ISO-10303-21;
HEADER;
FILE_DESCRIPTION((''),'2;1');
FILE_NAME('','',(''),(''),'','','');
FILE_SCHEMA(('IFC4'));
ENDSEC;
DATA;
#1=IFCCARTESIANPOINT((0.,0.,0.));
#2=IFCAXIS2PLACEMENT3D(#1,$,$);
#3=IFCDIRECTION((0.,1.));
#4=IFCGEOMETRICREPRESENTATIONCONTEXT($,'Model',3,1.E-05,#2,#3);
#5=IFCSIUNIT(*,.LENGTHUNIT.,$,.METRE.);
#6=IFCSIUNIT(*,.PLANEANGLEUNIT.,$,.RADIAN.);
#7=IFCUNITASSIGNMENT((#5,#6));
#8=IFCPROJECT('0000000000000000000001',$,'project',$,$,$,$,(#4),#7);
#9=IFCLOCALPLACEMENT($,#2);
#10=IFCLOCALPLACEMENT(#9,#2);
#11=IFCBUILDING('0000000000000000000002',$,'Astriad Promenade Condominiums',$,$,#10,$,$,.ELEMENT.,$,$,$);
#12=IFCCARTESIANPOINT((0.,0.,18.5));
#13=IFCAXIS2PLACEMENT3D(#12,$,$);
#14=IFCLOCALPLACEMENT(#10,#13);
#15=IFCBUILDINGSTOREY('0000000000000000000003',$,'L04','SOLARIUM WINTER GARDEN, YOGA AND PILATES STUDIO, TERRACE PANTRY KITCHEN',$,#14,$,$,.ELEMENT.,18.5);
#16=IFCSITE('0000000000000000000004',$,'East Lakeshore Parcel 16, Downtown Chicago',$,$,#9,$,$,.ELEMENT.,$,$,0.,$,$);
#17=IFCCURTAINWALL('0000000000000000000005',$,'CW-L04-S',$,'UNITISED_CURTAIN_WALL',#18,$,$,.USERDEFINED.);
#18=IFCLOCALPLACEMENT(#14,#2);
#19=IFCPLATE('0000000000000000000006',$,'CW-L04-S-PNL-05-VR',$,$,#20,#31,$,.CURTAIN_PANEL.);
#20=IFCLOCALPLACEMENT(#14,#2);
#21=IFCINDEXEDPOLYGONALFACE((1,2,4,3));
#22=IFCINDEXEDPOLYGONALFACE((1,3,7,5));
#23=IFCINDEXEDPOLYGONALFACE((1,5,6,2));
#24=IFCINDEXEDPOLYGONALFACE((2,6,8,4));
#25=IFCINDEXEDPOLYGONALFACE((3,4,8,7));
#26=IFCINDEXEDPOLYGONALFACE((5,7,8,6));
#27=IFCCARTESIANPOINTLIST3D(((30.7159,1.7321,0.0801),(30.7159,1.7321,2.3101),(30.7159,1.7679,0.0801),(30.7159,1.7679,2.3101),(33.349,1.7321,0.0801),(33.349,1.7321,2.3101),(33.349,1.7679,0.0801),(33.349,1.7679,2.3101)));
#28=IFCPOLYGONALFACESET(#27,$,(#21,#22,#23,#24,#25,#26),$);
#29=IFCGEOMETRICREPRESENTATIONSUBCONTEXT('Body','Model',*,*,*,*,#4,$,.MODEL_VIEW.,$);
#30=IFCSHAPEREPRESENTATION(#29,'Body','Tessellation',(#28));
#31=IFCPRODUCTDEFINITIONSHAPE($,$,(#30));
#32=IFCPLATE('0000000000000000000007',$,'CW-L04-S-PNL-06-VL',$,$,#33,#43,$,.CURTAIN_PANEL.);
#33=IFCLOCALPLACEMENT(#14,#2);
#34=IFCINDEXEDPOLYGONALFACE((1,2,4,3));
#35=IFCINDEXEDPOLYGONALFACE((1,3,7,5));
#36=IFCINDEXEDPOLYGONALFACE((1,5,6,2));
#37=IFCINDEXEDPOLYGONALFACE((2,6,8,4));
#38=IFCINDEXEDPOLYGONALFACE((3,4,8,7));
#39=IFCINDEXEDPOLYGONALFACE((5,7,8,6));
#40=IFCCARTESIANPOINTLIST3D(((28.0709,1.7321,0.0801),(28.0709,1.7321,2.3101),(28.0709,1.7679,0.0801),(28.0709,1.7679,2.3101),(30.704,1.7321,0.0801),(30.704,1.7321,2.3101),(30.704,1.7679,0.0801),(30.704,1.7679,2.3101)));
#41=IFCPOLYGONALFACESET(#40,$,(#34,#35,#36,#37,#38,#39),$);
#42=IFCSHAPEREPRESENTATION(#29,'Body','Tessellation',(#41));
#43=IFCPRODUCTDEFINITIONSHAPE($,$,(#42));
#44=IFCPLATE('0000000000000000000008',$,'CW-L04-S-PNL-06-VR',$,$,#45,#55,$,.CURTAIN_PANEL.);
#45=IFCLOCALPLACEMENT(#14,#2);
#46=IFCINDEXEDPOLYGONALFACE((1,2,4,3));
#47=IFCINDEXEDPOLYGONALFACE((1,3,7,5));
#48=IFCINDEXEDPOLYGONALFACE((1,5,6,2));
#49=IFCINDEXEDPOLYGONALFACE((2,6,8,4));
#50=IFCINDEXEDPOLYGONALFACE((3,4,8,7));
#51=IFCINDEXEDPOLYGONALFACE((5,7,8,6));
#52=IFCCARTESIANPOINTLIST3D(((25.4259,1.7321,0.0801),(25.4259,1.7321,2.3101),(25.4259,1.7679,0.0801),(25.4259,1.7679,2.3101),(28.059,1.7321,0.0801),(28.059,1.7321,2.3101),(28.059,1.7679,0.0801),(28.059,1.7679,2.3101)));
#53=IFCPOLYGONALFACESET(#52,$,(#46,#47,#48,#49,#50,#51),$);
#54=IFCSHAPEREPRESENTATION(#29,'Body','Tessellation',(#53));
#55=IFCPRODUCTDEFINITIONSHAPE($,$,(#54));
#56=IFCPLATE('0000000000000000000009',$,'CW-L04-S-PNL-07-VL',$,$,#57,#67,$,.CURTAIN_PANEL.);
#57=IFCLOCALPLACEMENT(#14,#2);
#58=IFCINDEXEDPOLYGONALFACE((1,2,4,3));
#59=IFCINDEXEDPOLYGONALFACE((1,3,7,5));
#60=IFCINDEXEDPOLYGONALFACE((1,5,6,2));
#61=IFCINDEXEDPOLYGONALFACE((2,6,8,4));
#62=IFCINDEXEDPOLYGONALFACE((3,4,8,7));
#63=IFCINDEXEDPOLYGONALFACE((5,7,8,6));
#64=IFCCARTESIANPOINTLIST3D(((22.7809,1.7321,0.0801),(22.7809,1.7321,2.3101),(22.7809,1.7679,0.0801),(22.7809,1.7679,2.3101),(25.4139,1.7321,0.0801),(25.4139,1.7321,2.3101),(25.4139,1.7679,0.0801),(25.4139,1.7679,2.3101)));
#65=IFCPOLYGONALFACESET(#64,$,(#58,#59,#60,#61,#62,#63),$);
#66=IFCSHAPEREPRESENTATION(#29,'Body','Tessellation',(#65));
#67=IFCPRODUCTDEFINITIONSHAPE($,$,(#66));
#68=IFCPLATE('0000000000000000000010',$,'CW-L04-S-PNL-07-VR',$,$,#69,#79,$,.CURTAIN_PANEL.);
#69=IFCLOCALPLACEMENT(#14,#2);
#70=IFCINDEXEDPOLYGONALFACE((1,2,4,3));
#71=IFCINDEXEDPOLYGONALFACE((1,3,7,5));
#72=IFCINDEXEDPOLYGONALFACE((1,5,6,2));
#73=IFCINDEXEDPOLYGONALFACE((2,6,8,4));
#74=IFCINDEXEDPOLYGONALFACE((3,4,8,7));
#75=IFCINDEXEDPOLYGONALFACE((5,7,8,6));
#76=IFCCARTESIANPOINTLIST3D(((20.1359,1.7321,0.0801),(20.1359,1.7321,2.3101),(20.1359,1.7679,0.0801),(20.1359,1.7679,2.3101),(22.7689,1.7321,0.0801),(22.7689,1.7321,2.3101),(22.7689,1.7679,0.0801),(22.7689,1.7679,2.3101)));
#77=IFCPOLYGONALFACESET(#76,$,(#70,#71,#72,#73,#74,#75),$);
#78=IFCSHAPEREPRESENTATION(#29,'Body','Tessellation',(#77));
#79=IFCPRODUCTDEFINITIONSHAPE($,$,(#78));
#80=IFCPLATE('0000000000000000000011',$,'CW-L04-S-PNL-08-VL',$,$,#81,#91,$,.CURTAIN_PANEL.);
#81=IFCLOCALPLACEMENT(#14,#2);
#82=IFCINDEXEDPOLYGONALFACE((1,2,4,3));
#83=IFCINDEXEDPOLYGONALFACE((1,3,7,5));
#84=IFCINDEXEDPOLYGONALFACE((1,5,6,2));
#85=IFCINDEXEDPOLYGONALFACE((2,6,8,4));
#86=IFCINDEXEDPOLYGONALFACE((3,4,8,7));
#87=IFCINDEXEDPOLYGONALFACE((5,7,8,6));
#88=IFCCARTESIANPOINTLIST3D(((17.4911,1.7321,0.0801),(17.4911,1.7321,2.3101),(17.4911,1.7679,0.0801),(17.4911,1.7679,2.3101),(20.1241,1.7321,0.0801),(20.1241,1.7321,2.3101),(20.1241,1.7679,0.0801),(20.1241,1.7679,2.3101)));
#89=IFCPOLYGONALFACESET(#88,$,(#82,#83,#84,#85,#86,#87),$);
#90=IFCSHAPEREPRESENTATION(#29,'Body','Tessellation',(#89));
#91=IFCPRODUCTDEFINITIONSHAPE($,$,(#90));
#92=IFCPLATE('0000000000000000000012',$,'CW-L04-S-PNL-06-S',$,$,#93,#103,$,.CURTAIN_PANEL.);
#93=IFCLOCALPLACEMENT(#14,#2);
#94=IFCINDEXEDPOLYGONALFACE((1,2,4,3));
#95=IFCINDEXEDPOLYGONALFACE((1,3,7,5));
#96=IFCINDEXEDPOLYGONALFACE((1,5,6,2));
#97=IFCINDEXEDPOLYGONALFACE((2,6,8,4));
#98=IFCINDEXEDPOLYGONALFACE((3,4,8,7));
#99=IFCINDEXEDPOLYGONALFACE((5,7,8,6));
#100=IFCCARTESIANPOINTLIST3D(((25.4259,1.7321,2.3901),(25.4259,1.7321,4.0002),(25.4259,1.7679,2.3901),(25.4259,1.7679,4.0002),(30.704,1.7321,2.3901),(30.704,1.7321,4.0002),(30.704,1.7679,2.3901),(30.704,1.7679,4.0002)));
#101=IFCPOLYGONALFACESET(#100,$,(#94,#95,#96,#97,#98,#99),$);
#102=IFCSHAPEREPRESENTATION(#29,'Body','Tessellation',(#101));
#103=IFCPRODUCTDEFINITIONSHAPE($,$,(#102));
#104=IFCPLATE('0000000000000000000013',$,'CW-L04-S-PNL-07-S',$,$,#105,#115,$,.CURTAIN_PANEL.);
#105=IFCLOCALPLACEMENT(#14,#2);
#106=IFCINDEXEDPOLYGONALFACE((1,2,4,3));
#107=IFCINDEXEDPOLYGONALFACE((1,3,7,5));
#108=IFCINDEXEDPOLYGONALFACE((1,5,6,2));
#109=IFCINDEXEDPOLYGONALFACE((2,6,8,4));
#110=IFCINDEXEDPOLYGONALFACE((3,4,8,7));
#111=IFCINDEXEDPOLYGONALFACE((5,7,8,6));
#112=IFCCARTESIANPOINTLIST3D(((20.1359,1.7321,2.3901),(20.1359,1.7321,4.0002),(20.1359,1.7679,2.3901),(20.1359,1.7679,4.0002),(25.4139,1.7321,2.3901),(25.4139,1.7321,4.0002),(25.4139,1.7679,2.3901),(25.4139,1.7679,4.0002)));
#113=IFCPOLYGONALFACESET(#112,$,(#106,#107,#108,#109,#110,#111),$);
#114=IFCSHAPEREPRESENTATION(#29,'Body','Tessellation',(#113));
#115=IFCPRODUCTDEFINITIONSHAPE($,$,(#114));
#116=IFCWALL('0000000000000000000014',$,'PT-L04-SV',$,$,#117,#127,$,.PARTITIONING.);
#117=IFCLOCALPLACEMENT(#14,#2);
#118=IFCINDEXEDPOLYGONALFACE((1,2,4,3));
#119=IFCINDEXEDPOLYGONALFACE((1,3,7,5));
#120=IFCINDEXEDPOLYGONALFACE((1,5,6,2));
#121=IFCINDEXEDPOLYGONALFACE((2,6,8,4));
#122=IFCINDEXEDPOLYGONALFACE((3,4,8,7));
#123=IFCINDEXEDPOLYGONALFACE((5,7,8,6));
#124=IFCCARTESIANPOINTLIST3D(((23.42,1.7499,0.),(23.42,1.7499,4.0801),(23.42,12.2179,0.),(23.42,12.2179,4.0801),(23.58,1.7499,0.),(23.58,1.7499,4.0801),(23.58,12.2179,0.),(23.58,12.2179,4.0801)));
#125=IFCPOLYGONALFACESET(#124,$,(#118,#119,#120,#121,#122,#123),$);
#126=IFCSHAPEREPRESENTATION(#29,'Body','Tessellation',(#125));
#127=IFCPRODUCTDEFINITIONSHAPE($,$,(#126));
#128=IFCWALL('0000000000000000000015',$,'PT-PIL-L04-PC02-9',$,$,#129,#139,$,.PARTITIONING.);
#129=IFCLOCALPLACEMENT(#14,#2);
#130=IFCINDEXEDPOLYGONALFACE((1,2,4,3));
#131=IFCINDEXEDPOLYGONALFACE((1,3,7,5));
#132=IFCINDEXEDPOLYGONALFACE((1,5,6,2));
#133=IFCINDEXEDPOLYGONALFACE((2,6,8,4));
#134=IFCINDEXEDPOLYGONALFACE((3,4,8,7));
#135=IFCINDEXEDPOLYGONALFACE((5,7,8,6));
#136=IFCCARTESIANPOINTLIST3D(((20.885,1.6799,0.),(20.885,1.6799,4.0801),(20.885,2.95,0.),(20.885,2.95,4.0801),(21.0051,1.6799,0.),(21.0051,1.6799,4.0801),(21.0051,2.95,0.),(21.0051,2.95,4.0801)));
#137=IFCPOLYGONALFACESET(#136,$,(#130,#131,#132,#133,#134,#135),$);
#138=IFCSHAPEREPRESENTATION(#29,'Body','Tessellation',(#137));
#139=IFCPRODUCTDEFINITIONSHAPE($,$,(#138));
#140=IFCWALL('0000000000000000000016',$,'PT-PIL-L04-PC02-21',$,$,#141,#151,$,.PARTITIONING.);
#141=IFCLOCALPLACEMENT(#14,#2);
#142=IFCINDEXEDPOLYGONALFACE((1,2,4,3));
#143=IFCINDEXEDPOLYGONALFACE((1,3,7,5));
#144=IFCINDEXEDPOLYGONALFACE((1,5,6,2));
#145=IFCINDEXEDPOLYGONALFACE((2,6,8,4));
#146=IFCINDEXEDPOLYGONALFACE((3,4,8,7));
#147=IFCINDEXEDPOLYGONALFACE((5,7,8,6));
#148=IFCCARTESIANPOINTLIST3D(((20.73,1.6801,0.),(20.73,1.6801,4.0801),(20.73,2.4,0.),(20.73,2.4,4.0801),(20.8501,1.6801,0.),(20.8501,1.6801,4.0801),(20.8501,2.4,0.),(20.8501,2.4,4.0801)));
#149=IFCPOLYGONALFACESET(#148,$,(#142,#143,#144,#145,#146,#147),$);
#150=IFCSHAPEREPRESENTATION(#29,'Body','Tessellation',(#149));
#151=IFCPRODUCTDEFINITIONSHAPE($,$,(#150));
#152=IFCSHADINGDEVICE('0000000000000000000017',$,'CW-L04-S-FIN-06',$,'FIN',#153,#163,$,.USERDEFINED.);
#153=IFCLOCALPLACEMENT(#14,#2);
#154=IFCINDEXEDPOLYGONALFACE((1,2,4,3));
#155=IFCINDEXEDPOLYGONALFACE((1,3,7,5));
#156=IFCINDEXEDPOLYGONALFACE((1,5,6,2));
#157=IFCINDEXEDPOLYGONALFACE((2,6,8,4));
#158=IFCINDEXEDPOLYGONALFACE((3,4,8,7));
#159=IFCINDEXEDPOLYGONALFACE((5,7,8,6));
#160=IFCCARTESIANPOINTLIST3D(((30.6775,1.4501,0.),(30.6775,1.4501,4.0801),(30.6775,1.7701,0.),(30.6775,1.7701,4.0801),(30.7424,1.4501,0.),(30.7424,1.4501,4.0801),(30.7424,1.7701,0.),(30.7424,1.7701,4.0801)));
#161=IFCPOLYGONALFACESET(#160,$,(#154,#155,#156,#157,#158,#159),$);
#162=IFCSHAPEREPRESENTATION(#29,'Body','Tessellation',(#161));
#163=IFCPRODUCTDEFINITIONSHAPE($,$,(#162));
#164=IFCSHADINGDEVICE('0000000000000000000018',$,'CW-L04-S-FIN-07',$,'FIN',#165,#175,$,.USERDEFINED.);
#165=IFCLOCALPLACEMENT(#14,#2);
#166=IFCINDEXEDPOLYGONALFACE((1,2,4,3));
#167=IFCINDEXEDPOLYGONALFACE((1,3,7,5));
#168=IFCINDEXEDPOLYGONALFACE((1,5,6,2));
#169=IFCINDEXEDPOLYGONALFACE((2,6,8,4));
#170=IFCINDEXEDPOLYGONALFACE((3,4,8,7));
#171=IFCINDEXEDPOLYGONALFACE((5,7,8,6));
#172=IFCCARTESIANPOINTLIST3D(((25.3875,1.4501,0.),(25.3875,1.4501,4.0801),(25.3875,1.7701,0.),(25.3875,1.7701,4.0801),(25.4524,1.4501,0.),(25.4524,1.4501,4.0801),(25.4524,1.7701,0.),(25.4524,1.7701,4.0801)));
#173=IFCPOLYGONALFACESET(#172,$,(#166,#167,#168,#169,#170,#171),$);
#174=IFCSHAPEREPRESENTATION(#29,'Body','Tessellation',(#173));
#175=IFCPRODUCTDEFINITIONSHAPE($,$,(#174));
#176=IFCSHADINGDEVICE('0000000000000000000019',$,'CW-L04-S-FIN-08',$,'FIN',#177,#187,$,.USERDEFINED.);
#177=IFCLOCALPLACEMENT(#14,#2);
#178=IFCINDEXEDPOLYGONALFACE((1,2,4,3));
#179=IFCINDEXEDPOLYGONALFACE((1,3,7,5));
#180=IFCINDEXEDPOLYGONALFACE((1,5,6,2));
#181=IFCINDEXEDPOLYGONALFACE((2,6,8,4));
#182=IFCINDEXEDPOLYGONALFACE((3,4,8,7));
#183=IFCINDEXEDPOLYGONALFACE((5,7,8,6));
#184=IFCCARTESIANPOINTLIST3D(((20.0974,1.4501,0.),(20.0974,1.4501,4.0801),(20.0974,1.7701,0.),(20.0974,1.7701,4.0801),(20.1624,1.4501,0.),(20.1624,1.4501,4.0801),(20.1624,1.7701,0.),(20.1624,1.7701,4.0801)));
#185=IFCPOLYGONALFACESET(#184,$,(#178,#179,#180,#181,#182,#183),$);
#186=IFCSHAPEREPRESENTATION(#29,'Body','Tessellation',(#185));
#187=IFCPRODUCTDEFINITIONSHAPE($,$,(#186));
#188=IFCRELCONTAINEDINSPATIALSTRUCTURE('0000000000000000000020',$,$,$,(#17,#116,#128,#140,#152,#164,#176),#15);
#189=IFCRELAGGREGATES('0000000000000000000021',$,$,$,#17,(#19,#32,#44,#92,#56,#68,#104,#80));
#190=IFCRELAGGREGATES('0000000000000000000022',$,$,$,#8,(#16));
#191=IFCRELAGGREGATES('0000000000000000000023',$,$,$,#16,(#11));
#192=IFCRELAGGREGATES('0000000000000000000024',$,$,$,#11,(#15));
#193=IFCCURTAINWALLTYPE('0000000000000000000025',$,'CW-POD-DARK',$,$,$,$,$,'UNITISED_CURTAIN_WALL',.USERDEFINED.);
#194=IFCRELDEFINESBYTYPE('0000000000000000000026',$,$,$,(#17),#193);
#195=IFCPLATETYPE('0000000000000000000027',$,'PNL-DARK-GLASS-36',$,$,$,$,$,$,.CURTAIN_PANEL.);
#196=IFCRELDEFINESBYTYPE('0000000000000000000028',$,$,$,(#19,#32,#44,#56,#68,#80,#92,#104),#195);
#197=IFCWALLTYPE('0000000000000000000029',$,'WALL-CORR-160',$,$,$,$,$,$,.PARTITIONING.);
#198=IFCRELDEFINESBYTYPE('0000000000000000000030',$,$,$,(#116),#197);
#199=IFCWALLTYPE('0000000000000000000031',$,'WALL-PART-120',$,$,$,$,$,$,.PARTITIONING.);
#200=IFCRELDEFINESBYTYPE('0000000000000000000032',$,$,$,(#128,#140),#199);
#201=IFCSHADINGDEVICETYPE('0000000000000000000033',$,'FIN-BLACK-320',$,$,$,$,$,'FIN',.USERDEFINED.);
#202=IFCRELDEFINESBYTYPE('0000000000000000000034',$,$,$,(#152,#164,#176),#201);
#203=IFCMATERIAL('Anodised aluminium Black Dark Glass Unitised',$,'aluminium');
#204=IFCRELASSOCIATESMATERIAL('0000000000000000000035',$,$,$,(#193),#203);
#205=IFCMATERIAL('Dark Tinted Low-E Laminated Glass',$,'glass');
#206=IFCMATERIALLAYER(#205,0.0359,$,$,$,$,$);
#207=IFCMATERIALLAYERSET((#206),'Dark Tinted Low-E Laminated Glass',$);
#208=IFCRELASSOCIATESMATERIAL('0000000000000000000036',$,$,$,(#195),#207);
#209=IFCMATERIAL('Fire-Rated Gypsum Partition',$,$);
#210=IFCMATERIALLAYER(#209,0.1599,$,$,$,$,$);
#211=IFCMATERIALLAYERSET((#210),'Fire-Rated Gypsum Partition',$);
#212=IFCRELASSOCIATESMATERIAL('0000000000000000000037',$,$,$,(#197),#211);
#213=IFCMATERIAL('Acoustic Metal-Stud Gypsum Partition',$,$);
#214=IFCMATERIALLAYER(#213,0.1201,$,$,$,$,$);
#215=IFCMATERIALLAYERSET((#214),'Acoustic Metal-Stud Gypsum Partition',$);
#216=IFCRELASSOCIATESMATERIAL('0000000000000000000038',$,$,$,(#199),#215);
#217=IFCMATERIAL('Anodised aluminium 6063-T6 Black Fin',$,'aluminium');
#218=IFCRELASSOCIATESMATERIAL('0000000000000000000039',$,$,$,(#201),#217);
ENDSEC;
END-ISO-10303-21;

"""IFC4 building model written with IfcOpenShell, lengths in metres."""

from ifc_helpers import new_model, si_unit, direction, frame, frame_2d, origin, origin_2d, place, context, subcontext, project, spatial, rectangle, extrude, source, transform, mapped, material, layer, layer_set, type_object, type_shapes, element, aggregate, save


model = new_model("IFC4")

# Units and contexts
model_context = context("Model", 3, precision=1e-05, world=origin(), true_north=direction((0.0, 1.0)))
body_context = subcontext(model_context, "Body", "Model", "MODEL_VIEW")
ifc_project = project(units=[si_unit("LENGTHUNIT", "METRE"), si_unit("PLANEANGLEUNIT", "RADIAN")], contexts=[model_context])

# Site, building, storey
site_placement = place(None, origin())
site = spatial("IfcSite", under=ifc_project, at=site_placement, Name="East Lakeshore Parcel 16, Downtown Chicago", CompositionType="ELEMENT", RefElevation=0.0)
building_placement = place(site_placement, origin())
building = spatial("IfcBuilding", under=site, at=building_placement, Name="Astriad Promenade Condominiums", CompositionType="ELEMENT")
storey_placement = place(building_placement, frame((0.0, 0.0, 18.5)))
storey = spatial("IfcBuildingStorey", under=building, at=storey_placement, Name="L04", Description="SOLARIUM WINTER GARDEN, YOGA AND PILATES STUDIO, TERRACE PANTRY KITCHEN", CompositionType="ELEMENT", Elevation=18.5)

# Curtain wall
ifc_material_1 = material(Name="Anodised aluminium Black Dark Glass Unitised", Category="aluminium")
curtain_wall_type = type_object("IfcCurtainWallType", Name="CW-POD-DARK", ElementType="UNITISED_CURTAIN_WALL", PredefinedType="USERDEFINED", material=ifc_material_1)
curtain_wall_placement = place(storey_placement, origin())
curtain_wall = element("IfcCurtainWall", 1, at=curtain_wall_placement, inside=storey, type_object=curtain_wall_type, Name="CW-L04-S", ObjectType="UNITISED_CURTAIN_WALL", PredefinedType="USERDEFINED")

# Plates
ifc_material_2 = material(Name="Dark Tinted Low-E Laminated Glass", Category="glass")
ifc_layer_1 = layer(ifc_material_2, 0.0359)
ifc_layer_set_1 = layer_set([ifc_layer_1], Name="Dark Tinted Low-E Laminated Glass")
plate_type_1 = type_object("IfcPlateType", Name="PNL-DARK-GLASS-36", PredefinedType="CURTAIN_PANEL", material=ifc_layer_set_1)
shared_shape_1 = source(origin(), body_context, "Body", "SweptSolid", [
    extrude(rectangle(XDim=2.6331, YDim=0.0359, at=origin_2d()), origin(), (0.0, 0.0, 1.0), 2.23),
])
plate_1_placement = place(storey_placement, frame((32.0325, 1.75, 0.0801), z_axis=(0.0, 0.0, 1.0), x_axis=(-1.0, 0.0, 0.0)))
plate_1 = element("IfcPlate", 2, at=plate_1_placement, type_object=plate_type_1, Name="CW-L04-S-PNL-05-VR", PredefinedType="CURTAIN_PANEL", context=body_context, shape_type="MappedRepresentation", body=[
    mapped(shared_shape_1, transform((0.0, 0.0, 0.0), scale=1.0)),
])
plate_2_placement = place(storey_placement, frame((29.3875, 1.75, 0.0801), z_axis=(0.0, 0.0, 1.0), x_axis=(-1.0, 0.0, 0.0)))
plate_2 = element("IfcPlate", 3, at=plate_2_placement, type_object=plate_type_1, Name="CW-L04-S-PNL-06-VL", PredefinedType="CURTAIN_PANEL", context=body_context, shape_type="MappedRepresentation", body=[
    mapped(shared_shape_1, transform((0.0, 0.0, 0.0), scale=1.0)),
])
plate_3_placement = place(storey_placement, frame((26.7424, 1.75, 0.0801), z_axis=(0.0, 0.0, 1.0), x_axis=(-1.0, 0.0, 0.0)))
plate_3 = element("IfcPlate", 4, at=plate_3_placement, type_object=plate_type_1, Name="CW-L04-S-PNL-06-VR", PredefinedType="CURTAIN_PANEL", context=body_context, shape_type="MappedRepresentation", body=[
    mapped(shared_shape_1, transform((0.0, 0.0, 0.0), scale=1.0)),
])
plate_4_placement = place(storey_placement, frame((24.0974, 1.75, 0.0801), z_axis=(0.0, 0.0, 1.0), x_axis=(-1.0, 0.0, 0.0)))
plate_4 = element("IfcPlate", 5, at=plate_4_placement, type_object=plate_type_1, Name="CW-L04-S-PNL-07-VL", PredefinedType="CURTAIN_PANEL", context=body_context, shape_type="MappedRepresentation", body=[
    mapped(shared_shape_1, transform((0.0, 0.0, 0.0), scale=1.0)),
])
plate_5_placement = place(storey_placement, frame((21.4524, 1.75, 0.0801), z_axis=(0.0, 0.0, 1.0), x_axis=(-1.0, 0.0, 0.0)))
plate_5 = element("IfcPlate", 6, at=plate_5_placement, type_object=plate_type_1, Name="CW-L04-S-PNL-07-VR", PredefinedType="CURTAIN_PANEL", context=body_context, shape_type="MappedRepresentation", body=[
    mapped(shared_shape_1, transform((0.0, 0.0, 0.0), scale=1.0)),
])
plate_6_placement = place(storey_placement, frame((18.8076, 1.75, 0.0801), z_axis=(0.0, 0.0, 1.0), x_axis=(-1.0, 0.0, 0.0)))
plate_6 = element("IfcPlate", 7, at=plate_6_placement, type_object=plate_type_1, Name="CW-L04-S-PNL-08-VL", PredefinedType="CURTAIN_PANEL", context=body_context, shape_type="MappedRepresentation", body=[
    mapped(shared_shape_1, transform((0.0, 0.0, 0.0), scale=1.0)),
])
shared_shape_2 = source(origin(), body_context, "Body", "SweptSolid", [
    extrude(rectangle(XDim=5.2781, YDim=0.0359, at=origin_2d()), origin(), (0.0, 0.0, 1.0), 1.6101),
])
type_shapes(plate_type_1, [shared_shape_1, shared_shape_2])
plate_7_placement = place(storey_placement, frame((28.0649, 1.75, 2.3901), z_axis=(0.0, 0.0, 1.0), x_axis=(-1.0, 0.0, 0.0)))
plate_7 = element("IfcPlate", 8, at=plate_7_placement, type_object=plate_type_1, Name="CW-L04-S-PNL-06-S", PredefinedType="CURTAIN_PANEL", context=body_context, shape_type="MappedRepresentation", body=[
    mapped(shared_shape_2, transform((0.0, 0.0, 0.0), scale=1.0)),
])
plate_8_placement = place(storey_placement, frame((22.7749, 1.75, 2.3901), z_axis=(0.0, 0.0, 1.0), x_axis=(-1.0, 0.0, 0.0)))
plate_8 = element("IfcPlate", 9, at=plate_8_placement, type_object=plate_type_1, Name="CW-L04-S-PNL-07-S", PredefinedType="CURTAIN_PANEL", context=body_context, shape_type="MappedRepresentation", body=[
    mapped(shared_shape_2, transform((0.0, 0.0, 0.0), scale=1.0)),
])
aggregate(curtain_wall, [plate_1, plate_2, plate_3, plate_7, plate_4, plate_5, plate_8, plate_6])

# Walls
ifc_material_3 = material(Name="Fire-Rated Gypsum Partition")
ifc_layer_2 = layer(ifc_material_3, 0.1599)
ifc_layer_set_2 = layer_set([ifc_layer_2], Name="Fire-Rated Gypsum Partition")
wall_type_1 = type_object("IfcWallType", Name="WALL-CORR-160", PredefinedType="PARTITIONING", material=ifc_layer_set_2)
wall_1_placement = place(storey_placement, frame((23.5, 1.75, 0.0), z_axis=(0.0, 0.0, 1.0), x_axis=(0.0, 1.0, 0.0)))
element("IfcWall", 10, at=wall_1_placement, inside=storey, type_object=wall_type_1, Name="PT-L04-SV", PredefinedType="PARTITIONING", context=body_context, shape_type="SweptSolid", body=[
    extrude(rectangle(XDim=10.468, YDim=0.1599, at=frame_2d((5.2339, 0.0))), origin(), (0.0, 0.0, 1.0), 4.0801),
])
ifc_material_4 = material(Name="Acoustic Metal-Stud Gypsum Partition")
ifc_layer_3 = layer(ifc_material_4, 0.1201)
ifc_layer_set_3 = layer_set([ifc_layer_3], Name="Acoustic Metal-Stud Gypsum Partition")
wall_type_2 = type_object("IfcWallType", Name="WALL-PART-120", PredefinedType="PARTITIONING", material=ifc_layer_set_3)
wall_2_placement = place(storey_placement, frame((20.9451, 2.95, 0.0), z_axis=(0.0, 0.0, 1.0), x_axis=(0.0, -1.0, 0.0)))
element("IfcWall", 11, at=wall_2_placement, inside=storey, type_object=wall_type_2, Name="PT-PIL-L04-PC02-9", PredefinedType="PARTITIONING", context=body_context, shape_type="SweptSolid", body=[
    extrude(rectangle(XDim=1.27, YDim=0.1201, at=frame_2d((0.635, 0.0))), origin(), (0.0, 0.0, 1.0), 4.0801),
])
wall_3_placement = place(storey_placement, frame((20.79, 2.3999, 0.0), z_axis=(0.0, 0.0, 1.0), x_axis=(0.0, -1.0, 0.0)))
element("IfcWall", 12, at=wall_3_placement, inside=storey, type_object=wall_type_2, Name="PT-PIL-L04-PC02-21", PredefinedType="PARTITIONING", context=body_context, shape_type="SweptSolid", body=[
    extrude(rectangle(XDim=0.72, YDim=0.1201, at=frame_2d((0.3599, 0.0))), origin(), (0.0, 0.0, 1.0), 4.0801),
])

# Shading devices
ifc_material_5 = material(Name="Anodised aluminium 6063-T6 Black Fin", Category="aluminium")
shading_device_type = type_object("IfcShadingDeviceType", Name="FIN-BLACK-320", ElementType="FIN", PredefinedType="USERDEFINED", material=ifc_material_5)
shared_shape_3 = source(origin(), body_context, "Body", "SweptSolid", [
    extrude(rectangle(XDim=0.0649, YDim=0.3201, at=origin_2d()), origin(), (0.0, 0.0, 1.0), 4.0801),
])
type_shapes(shading_device_type, [shared_shape_3])
for number, where, z_axis, x_axis, name in (
    (13, (30.71, 1.6101, 0.0), (0.0, 0.0, 1.0), (-1.0, 0.0, 0.0), "CW-L04-S-FIN-06"),
    (14, (25.4199, 1.6101, 0.0), (0.0, 0.0, 1.0), (-1.0, 0.0, 0.0), "CW-L04-S-FIN-07"),
    (15, (20.1299, 1.6101, 0.0), (0.0, 0.0, 1.0), (-1.0, 0.0, 0.0), "CW-L04-S-FIN-08"),
):
    element("IfcShadingDevice", number, at=place(storey_placement, frame(where, z_axis=z_axis, x_axis=x_axis)), inside=storey, type_object=shading_device_type, Name=name, ObjectType="FIN", PredefinedType="USERDEFINED", context=body_context, shape_type="MappedRepresentation", body=[
        mapped(shared_shape_3, transform((0.0, 0.0, 0.0), scale=1.0)),
    ])

save(model, "model.ifc")
